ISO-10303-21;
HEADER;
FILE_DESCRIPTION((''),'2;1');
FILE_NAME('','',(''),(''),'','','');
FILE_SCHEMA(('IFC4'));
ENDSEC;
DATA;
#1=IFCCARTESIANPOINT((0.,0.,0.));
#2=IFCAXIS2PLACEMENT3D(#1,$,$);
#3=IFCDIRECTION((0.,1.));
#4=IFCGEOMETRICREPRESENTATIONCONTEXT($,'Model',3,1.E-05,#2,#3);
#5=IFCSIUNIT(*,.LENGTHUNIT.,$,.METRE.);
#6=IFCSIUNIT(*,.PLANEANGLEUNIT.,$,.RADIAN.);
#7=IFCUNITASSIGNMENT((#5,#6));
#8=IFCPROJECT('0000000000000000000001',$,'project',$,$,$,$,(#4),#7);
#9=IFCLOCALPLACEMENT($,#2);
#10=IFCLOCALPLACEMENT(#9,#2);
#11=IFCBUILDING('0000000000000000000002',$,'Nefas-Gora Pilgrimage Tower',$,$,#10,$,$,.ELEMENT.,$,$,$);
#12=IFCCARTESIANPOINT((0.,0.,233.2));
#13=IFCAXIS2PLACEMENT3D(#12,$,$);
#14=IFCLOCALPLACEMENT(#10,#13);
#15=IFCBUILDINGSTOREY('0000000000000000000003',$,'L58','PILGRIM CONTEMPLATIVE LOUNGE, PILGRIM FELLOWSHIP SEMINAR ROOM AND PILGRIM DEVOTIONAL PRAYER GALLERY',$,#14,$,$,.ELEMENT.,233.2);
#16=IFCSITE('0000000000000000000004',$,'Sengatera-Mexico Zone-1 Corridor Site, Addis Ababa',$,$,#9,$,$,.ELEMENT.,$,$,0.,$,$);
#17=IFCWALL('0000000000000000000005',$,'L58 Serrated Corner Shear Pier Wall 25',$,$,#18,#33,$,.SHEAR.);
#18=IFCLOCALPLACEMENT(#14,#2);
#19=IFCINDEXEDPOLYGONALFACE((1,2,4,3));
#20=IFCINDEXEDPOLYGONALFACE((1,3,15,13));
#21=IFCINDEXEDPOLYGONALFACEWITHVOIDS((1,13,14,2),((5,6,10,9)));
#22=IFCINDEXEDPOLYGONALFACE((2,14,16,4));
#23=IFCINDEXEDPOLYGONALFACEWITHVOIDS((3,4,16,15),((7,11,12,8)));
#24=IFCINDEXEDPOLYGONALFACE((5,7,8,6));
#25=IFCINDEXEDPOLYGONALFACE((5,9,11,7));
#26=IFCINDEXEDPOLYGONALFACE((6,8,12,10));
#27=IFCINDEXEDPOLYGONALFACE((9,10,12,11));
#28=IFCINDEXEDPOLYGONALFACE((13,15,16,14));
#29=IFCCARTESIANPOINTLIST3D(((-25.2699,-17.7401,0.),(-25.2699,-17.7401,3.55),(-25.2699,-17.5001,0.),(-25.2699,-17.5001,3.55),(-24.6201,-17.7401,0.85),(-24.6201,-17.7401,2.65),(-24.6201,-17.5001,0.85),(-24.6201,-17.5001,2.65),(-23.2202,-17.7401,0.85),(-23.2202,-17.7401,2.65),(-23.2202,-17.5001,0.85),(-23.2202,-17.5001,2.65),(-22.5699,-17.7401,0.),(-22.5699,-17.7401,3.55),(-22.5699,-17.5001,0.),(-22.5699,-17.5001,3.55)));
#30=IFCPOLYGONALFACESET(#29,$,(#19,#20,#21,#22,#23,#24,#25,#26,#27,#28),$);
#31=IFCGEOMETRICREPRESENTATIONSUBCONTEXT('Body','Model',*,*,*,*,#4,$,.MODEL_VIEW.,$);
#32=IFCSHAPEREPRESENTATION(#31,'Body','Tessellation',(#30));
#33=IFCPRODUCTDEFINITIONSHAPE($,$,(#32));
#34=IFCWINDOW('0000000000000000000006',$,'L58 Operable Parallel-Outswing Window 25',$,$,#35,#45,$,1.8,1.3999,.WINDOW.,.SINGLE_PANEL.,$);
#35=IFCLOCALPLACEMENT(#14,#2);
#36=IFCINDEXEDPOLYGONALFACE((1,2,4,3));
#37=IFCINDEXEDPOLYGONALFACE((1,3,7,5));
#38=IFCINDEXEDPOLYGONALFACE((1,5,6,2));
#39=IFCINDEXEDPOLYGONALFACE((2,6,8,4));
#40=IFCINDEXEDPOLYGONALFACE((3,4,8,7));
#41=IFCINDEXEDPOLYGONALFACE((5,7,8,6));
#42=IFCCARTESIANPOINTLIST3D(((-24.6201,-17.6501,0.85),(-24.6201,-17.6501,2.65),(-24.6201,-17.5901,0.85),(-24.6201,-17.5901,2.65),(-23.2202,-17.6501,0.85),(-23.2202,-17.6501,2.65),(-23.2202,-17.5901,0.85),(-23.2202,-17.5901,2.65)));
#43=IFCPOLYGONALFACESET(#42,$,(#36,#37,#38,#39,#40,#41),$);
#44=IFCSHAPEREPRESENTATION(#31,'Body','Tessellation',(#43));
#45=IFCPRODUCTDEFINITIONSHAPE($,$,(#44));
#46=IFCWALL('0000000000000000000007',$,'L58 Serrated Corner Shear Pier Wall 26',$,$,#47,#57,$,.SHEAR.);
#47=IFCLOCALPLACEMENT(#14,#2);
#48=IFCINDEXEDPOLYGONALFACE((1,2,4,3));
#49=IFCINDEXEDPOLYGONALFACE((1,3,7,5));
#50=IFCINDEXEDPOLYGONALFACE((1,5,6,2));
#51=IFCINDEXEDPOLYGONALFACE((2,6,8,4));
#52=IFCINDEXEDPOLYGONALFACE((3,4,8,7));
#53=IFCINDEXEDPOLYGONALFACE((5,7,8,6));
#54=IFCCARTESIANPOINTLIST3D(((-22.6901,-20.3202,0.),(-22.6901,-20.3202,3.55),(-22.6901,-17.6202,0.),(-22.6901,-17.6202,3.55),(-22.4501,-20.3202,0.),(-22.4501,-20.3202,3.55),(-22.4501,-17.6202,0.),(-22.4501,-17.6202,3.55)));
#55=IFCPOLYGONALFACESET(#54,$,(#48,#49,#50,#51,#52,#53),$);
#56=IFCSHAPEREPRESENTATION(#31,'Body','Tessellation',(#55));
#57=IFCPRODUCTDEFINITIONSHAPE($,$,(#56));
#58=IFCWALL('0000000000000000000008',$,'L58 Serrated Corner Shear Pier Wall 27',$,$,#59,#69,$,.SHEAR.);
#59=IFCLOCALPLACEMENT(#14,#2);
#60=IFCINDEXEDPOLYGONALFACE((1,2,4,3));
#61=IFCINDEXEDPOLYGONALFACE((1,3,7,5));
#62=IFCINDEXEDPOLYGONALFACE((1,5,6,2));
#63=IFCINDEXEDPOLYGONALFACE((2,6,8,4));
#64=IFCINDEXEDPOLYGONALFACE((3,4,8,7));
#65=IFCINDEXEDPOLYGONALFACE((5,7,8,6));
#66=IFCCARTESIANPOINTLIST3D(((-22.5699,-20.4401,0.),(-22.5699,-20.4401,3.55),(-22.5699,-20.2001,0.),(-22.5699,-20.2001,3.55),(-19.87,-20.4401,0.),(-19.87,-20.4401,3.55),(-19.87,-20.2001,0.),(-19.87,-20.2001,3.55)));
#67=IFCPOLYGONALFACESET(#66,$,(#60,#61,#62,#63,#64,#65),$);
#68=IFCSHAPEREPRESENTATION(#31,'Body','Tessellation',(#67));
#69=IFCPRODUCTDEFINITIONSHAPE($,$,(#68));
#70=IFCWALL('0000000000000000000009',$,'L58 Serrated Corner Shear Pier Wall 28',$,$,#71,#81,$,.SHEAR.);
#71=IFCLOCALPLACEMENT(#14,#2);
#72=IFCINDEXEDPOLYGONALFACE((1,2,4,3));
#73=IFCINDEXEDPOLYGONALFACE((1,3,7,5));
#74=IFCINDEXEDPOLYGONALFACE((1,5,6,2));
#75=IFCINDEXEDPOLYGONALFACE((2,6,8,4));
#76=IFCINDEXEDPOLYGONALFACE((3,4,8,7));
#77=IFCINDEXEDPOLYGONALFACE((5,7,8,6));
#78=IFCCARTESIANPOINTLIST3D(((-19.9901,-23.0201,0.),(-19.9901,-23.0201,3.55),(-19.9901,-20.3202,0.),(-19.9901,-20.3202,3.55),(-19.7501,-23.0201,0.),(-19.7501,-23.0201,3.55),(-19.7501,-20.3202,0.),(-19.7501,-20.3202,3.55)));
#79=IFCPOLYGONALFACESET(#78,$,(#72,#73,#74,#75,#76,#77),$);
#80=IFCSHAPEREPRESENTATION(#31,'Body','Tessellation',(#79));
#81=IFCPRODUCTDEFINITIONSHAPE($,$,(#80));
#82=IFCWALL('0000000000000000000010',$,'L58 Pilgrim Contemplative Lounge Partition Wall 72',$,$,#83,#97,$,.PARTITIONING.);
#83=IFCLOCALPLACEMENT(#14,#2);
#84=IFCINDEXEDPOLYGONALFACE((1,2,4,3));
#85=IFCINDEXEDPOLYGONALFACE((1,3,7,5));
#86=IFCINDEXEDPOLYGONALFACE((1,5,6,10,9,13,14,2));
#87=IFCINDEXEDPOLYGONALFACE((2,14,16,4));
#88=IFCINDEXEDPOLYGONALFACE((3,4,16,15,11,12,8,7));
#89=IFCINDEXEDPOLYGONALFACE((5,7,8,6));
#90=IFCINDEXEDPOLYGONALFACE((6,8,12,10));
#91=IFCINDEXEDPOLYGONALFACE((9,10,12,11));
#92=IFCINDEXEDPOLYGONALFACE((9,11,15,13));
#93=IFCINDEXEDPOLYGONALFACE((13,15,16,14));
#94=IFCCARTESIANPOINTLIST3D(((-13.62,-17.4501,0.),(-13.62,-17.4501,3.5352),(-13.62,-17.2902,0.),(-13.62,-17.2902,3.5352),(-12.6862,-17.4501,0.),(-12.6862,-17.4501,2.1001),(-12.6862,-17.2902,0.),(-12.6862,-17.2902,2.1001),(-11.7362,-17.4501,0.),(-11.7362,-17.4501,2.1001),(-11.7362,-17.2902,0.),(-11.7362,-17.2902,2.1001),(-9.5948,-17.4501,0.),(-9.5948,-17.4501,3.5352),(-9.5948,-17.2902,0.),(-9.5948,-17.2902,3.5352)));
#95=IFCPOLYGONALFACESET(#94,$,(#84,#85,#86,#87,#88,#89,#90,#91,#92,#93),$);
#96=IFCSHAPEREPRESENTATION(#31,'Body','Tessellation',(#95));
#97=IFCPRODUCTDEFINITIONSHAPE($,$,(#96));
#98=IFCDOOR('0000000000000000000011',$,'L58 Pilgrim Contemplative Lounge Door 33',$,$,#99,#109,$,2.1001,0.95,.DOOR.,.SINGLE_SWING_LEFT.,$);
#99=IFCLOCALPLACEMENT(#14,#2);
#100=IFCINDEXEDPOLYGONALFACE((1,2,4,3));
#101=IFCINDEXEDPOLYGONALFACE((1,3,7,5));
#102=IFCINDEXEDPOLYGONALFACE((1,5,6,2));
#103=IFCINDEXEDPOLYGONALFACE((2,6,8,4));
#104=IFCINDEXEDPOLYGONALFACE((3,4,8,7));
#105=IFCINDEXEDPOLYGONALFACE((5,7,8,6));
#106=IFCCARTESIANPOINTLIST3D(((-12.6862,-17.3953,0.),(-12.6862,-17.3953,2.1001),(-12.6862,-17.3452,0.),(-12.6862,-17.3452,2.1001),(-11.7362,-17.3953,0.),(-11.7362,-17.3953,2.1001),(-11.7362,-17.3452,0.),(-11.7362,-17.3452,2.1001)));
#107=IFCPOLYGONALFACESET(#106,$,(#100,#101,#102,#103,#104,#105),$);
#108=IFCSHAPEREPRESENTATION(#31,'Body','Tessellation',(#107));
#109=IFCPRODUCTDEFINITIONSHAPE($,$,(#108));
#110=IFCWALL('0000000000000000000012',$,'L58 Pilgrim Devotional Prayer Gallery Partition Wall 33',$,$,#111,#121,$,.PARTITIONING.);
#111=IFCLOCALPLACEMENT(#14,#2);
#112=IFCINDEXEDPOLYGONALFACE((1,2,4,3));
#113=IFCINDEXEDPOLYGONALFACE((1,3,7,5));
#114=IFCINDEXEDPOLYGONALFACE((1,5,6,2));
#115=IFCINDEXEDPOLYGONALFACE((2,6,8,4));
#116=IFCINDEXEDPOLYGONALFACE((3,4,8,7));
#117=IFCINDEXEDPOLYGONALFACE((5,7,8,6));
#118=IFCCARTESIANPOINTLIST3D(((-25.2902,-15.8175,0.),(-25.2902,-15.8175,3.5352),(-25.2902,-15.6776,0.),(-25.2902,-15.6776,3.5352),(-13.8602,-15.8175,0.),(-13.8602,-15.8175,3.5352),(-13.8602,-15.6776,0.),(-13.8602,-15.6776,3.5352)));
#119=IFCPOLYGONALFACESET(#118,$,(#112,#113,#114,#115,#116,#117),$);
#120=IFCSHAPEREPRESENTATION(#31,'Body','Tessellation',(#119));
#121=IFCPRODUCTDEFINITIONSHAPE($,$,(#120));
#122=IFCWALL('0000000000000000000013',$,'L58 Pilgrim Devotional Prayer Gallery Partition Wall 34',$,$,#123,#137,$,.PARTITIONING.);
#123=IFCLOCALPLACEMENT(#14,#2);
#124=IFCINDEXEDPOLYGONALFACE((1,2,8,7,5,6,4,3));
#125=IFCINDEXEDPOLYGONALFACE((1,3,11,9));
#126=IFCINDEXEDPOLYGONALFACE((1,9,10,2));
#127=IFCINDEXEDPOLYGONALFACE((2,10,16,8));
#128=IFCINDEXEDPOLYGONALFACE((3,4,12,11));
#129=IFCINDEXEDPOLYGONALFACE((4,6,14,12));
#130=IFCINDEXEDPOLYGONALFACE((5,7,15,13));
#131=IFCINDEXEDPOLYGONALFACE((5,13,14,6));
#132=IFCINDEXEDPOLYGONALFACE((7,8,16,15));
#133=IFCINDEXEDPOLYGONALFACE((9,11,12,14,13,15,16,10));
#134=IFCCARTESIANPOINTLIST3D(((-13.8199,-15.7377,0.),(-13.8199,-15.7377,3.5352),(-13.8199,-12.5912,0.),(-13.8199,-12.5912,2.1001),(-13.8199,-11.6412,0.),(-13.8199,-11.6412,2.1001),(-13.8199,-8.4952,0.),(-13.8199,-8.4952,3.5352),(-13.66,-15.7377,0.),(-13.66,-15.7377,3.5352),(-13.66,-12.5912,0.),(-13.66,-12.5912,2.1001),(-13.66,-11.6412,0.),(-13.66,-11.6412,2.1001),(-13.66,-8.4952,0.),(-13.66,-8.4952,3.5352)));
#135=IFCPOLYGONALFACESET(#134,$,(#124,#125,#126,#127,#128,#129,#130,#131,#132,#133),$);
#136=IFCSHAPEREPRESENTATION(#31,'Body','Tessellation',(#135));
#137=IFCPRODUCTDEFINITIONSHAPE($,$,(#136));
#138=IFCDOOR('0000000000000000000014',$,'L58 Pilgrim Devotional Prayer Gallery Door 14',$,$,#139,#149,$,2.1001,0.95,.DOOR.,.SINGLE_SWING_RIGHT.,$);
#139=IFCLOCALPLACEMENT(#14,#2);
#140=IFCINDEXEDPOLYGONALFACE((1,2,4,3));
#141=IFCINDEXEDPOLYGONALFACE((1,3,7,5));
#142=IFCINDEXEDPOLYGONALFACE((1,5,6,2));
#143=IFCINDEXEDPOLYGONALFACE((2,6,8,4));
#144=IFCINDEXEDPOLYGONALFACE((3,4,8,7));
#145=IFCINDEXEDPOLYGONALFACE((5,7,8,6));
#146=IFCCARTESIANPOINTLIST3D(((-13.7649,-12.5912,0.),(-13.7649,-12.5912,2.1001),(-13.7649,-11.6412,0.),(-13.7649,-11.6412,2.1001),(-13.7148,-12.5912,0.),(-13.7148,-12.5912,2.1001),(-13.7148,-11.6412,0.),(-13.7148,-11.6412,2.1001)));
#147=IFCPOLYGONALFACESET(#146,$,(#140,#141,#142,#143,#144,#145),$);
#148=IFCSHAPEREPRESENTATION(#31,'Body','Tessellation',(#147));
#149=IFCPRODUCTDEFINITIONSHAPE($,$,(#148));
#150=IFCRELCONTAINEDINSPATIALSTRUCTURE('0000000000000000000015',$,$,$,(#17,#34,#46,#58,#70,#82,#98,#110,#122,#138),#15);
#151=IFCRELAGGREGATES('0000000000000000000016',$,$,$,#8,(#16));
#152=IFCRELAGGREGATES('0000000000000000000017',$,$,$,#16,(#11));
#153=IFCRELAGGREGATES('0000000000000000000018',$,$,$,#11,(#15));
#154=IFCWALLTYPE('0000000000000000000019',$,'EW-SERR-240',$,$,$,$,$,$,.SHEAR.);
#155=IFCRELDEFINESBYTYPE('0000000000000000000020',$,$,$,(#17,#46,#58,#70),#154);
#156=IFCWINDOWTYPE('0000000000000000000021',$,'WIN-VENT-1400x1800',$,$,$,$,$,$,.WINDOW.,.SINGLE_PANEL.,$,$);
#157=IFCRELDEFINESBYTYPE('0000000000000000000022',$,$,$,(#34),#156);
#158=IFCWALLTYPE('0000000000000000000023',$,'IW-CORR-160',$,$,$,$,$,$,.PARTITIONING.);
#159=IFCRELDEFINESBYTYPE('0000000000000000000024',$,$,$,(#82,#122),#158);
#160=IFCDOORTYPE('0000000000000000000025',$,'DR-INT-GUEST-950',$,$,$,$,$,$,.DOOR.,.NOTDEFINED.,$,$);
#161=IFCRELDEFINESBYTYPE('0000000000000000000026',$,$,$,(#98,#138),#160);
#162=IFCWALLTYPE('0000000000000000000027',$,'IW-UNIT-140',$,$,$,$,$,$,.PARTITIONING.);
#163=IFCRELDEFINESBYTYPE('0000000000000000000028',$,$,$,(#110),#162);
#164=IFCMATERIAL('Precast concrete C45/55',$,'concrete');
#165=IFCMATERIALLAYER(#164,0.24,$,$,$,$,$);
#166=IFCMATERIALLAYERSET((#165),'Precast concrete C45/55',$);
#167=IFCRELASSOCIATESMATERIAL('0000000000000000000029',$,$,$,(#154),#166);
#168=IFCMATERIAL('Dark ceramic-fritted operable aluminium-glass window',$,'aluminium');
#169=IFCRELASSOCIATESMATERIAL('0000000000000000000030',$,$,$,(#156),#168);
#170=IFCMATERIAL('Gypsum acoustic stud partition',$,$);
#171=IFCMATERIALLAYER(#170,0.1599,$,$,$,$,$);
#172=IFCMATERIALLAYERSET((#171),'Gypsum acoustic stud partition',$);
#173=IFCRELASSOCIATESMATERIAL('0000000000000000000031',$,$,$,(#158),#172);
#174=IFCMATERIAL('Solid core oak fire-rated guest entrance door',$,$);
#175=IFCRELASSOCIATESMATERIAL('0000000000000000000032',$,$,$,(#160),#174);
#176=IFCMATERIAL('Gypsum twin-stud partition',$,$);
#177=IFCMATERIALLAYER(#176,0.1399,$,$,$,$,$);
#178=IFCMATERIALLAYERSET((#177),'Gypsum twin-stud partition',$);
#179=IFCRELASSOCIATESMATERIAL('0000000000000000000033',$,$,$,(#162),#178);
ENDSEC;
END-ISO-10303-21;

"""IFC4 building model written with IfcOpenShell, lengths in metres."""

from ifc_helpers import new_model, si_unit, direction, frame, frame_2d, origin, place, context, subcontext, project, spatial, rectangle, extrude, source, transform, mapped, material, layer, layer_set, type_object, element, fill, save


model = new_model("IFC4")

# Units and contexts
model_context = context("Model", 3, precision=1e-05, world=origin(), true_north=direction((0.0, 1.0)))
body_context = subcontext(model_context, "Body", "Model", "MODEL_VIEW")
ifc_project = project(units=[si_unit("LENGTHUNIT", "METRE"), si_unit("PLANEANGLEUNIT", "RADIAN")], contexts=[model_context])

# Site, building, storey
site_placement = place(None, origin())
site = spatial("IfcSite", under=ifc_project, at=site_placement, Name="Sengatera-Mexico Zone-1 Corridor Site, Addis Ababa", CompositionType="ELEMENT", RefElevation=0.0)
building_placement = place(site_placement, origin())
building = spatial("IfcBuilding", under=site, at=building_placement, Name="Nefas-Gora Pilgrimage Tower", CompositionType="ELEMENT")
storey_placement = place(building_placement, frame((0.0, 0.0, 233.2)))
storey = spatial("IfcBuildingStorey", under=building, at=storey_placement, Name="L58", Description="PILGRIM CONTEMPLATIVE LOUNGE, PILGRIM FELLOWSHIP SEMINAR ROOM AND PILGRIM DEVOTIONAL PRAYER GALLERY", CompositionType="ELEMENT", Elevation=233.2)

# Wall, opening, window
ifc_material_1 = material(Name="Precast concrete C45/55", Category="concrete")
ifc_layer_1 = layer(ifc_material_1, 0.24)
ifc_layer_set_1 = layer_set([ifc_layer_1], Name="Precast concrete C45/55")
wall_type_1 = type_object("IfcWallType", Name="EW-SERR-240", PredefinedType="SHEAR", material=ifc_layer_set_1)
shared_shape_1 = source(origin(), body_context, "Body", "SweptSolid", [
    extrude(rectangle(XDim=2.7, YDim=0.24, at=frame_2d((1.3501, 0.0))), origin(), (0.0, 0.0, 1.0), 3.55),
])
wall_1_placement = place(storey_placement, frame((-25.27, -17.6201, 0.0), z_axis=(0.0, 0.0, 1.0), x_axis=(1.0, 0.0, 0.0)))
wall_1 = element("IfcWall", 1, at=wall_1_placement, inside=storey, type_object=wall_type_1, Name="L58 Serrated Corner Shear Pier Wall 25", PredefinedType="SHEAR", context=body_context, shape_type="MappedRepresentation", body=[
    mapped(shared_shape_1, transform((0.0, 0.0, 0.0), x_axis=(1.0, 0.0, 0.0), y_axis=(0.0, 1.0, 0.0), z_axis=(0.0, 0.0, 1.0), scale=1.0)),
])
opening_1_placement = place(wall_1_placement, frame((0.6499, 0.0, 0.8501)))
opening_1 = element("IfcOpeningElement", 2, at=opening_1_placement, cuts=wall_1, PredefinedType="OPENING", context=body_context, shape_type="SweptSolid", body=[
    extrude(rectangle(XDim=1.3999, YDim=1.8, at=frame_2d((0.7, 0.8999))), frame((0.0, 0.1299, 0.0), z_axis=(0.0, -1.0, 0.0), x_axis=(1.0, 0.0, 0.0)), (0.0, 0.0, 1.0), 0.26),
])
ifc_material_2 = material(Name="Dark ceramic-fritted operable aluminium-glass window", Category="aluminium")
window_type = type_object("IfcWindowType", Name="WIN-VENT-1400x1800", PartitioningType="SINGLE_PANEL", PredefinedType="WINDOW", material=ifc_material_2)
shared_shape_2 = source(origin(), body_context, "Body", "SweptSolid", [
    extrude(rectangle(XDim=1.3999, YDim=1.8, at=frame_2d((0.7, 0.8999))), frame((0.0, 0.03, 0.0), z_axis=(0.0, -1.0, 0.0), x_axis=(1.0, 0.0, 0.0)), (0.0, 0.0, 1.0), 0.0601),
])
window_placement = place(opening_1_placement, origin())
window = element("IfcWindow", 3, at=window_placement, inside=storey, type_object=window_type, Name="L58 Operable Parallel-Outswing Window 25", OverallHeight=1.8, OverallWidth=1.3999, PartitioningType="SINGLE_PANEL", PredefinedType="WINDOW", context=body_context, shape_type="MappedRepresentation", body=[
    mapped(shared_shape_2, transform((0.0, 0.0, 0.0), x_axis=(1.0, 0.0, 0.0), y_axis=(0.0, 1.0, 0.0), z_axis=(0.0, 0.0, 1.0), scale=1.0)),
])
fill(opening_1, window)

# Walls
for number, where, z_axis, x_axis, name in (
    (4, (-22.5701, -17.6201, 0.0), (0.0, 0.0, 1.0), (0.0, -1.0, 0.0), "L58 Serrated Corner Shear Pier Wall 26"),
    (5, (-22.5701, -20.3201, 0.0), (0.0, 0.0, 1.0), (1.0, 0.0, 0.0), "L58 Serrated Corner Shear Pier Wall 27"),
    (6, (-19.8701, -20.3201, 0.0), (0.0, 0.0, 1.0), (0.0, -1.0, 0.0), "L58 Serrated Corner Shear Pier Wall 28"),
):
    element("IfcWall", number, at=place(storey_placement, frame(where, z_axis=z_axis, x_axis=x_axis)), inside=storey, type_object=wall_type_1, Name=name, PredefinedType="SHEAR", context=body_context, shape_type="MappedRepresentation", body=[
        mapped(shared_shape_1, transform((0.0, 0.0, 0.0), x_axis=(1.0, 0.0, 0.0), y_axis=(0.0, 1.0, 0.0), z_axis=(0.0, 0.0, 1.0), scale=1.0)),
    ])

# Wall, opening, door
ifc_material_3 = material(Name="Gypsum acoustic stud partition")
ifc_layer_2 = layer(ifc_material_3, 0.1599)
ifc_layer_set_2 = layer_set([ifc_layer_2], Name="Gypsum acoustic stud partition")
wall_type_2 = type_object("IfcWallType", Name="IW-CORR-160", PredefinedType="PARTITIONING", material=ifc_layer_set_2)
shared_shape_3 = source(origin(), body_context, "Body", "SweptSolid", [
    extrude(rectangle(XDim=4.0251, YDim=0.1599, at=frame_2d((2.0127, 0.0))), origin(), (0.0, 0.0, 1.0), 3.5352),
])
wall_2_placement = place(storey_placement, frame((-13.6201, -17.3701, 0.0), z_axis=(0.0, 0.0, 1.0), x_axis=(1.0, 0.0, 0.0)))
wall_2 = element("IfcWall", 7, at=wall_2_placement, inside=storey, type_object=wall_type_2, Name="L58 Pilgrim Contemplative Lounge Partition Wall 72", PredefinedType="PARTITIONING", context=body_context, shape_type="MappedRepresentation", body=[
    mapped(shared_shape_3, transform((0.0, 0.0, 0.0), x_axis=(1.0, 0.0, 0.0), y_axis=(0.0, 1.0, 0.0), z_axis=(0.0, 0.0, 1.0), scale=1.0)),
])
opening_2_placement = place(wall_2_placement, frame((0.9338, 0.0, 0.0)))
opening_2 = element("IfcOpeningElement", 8, at=opening_2_placement, cuts=wall_2, PredefinedType="OPENING", context=body_context, shape_type="SweptSolid", body=[
    extrude(rectangle(XDim=0.95, YDim=2.1001, at=frame_2d((0.4751, 1.05))), frame((0.0, 0.0898, 0.0), z_axis=(0.0, -1.0, 0.0), x_axis=(1.0, 0.0, 0.0)), (0.0, 0.0, 1.0), 0.1799),
])
ifc_material_4 = material(Name="Solid core oak fire-rated guest entrance door")
door_type = type_object("IfcDoorType", Name="DR-INT-GUEST-950", OperationType="NOTDEFINED", PredefinedType="DOOR", material=ifc_material_4)
shared_shape_4 = source(origin(), body_context, "Body", "SweptSolid", [
    extrude(rectangle(XDim=0.95, YDim=2.1001, at=frame_2d((0.4751, 1.05))), frame((0.0, 0.0249, 0.0), z_axis=(0.0, -1.0, 0.0), x_axis=(1.0, 0.0, 0.0)), (0.0, 0.0, 1.0), 0.05),
])
door_1_placement = place(opening_2_placement, origin())
door_1 = element("IfcDoor", 9, at=door_1_placement, inside=storey, type_object=door_type, Name="L58 Pilgrim Contemplative Lounge Door 33", OperationType="SINGLE_SWING_LEFT", OverallHeight=2.1001, OverallWidth=0.95, PredefinedType="DOOR", context=body_context, shape_type="MappedRepresentation", body=[
    mapped(shared_shape_4, transform((0.0, 0.0, 0.0), x_axis=(1.0, 0.0, 0.0), y_axis=(0.0, 1.0, 0.0), z_axis=(0.0, 0.0, 1.0), scale=1.0)),
])
fill(opening_2, door_1)

# Wall
ifc_material_5 = material(Name="Gypsum twin-stud partition")
ifc_layer_3 = layer(ifc_material_5, 0.1399)
ifc_layer_set_3 = layer_set([ifc_layer_3], Name="Gypsum twin-stud partition")
wall_type_3 = type_object("IfcWallType", Name="IW-UNIT-140", PredefinedType="PARTITIONING", material=ifc_layer_set_3)
shared_shape_5 = source(origin(), body_context, "Body", "SweptSolid", [
    extrude(rectangle(XDim=11.4299, YDim=0.1399, at=frame_2d((5.7148, 0.0))), origin(), (0.0, 0.0, 1.0), 3.5352),
])
wall_3_placement = place(storey_placement, frame((-25.29, -15.7476, 0.0), z_axis=(0.0, 0.0, 1.0), x_axis=(1.0, 0.0, 0.0)))
element("IfcWall", 10, at=wall_3_placement, inside=storey, type_object=wall_type_3, Name="L58 Pilgrim Devotional Prayer Gallery Partition Wall 33", PredefinedType="PARTITIONING", context=body_context, shape_type="MappedRepresentation", body=[
    mapped(shared_shape_5, transform((0.0, 0.0, 0.0), x_axis=(1.0, 0.0, 0.0), y_axis=(0.0, 1.0, 0.0), z_axis=(0.0, 0.0, 1.0), scale=1.0)),
])

# Wall, opening, door
shared_shape_6 = source(origin(), body_context, "Body", "SweptSolid", [
    extrude(rectangle(XDim=7.2424, YDim=0.1599, at=frame_2d((3.6211, 0.0))), origin(), (0.0, 0.0, 1.0), 3.5352),
])
wall_4_placement = place(storey_placement, frame((-13.74, -15.7375, 0.0), z_axis=(0.0, 0.0, 1.0), x_axis=(0.0, 1.0, 0.0)))
wall_4 = element("IfcWall", 11, at=wall_4_placement, inside=storey, type_object=wall_type_2, Name="L58 Pilgrim Devotional Prayer Gallery Partition Wall 34", PredefinedType="PARTITIONING", context=body_context, shape_type="MappedRepresentation", body=[
    mapped(shared_shape_6, transform((0.0, 0.0, 0.0), x_axis=(1.0, 0.0, 0.0), y_axis=(0.0, 1.0, 0.0), z_axis=(0.0, 0.0, 1.0), scale=1.0)),
])
opening_3_placement = place(wall_4_placement, frame((3.1462, 0.0, 0.0)))
opening_3 = element("IfcOpeningElement", 12, at=opening_3_placement, cuts=wall_4, PredefinedType="OPENING", context=body_context, shape_type="SweptSolid", body=[
    extrude(rectangle(XDim=0.95, YDim=2.1001, at=frame_2d((0.4751, 1.05))), frame((0.0, 0.0898, 0.0), z_axis=(0.0, -1.0, 0.0), x_axis=(1.0, 0.0, 0.0)), (0.0, 0.0, 1.0), 0.1799),
])
door_2_placement = place(opening_3_placement, origin())
door_2 = element("IfcDoor", 13, at=door_2_placement, inside=storey, type_object=door_type, Name="L58 Pilgrim Devotional Prayer Gallery Door 14", OperationType="SINGLE_SWING_RIGHT", OverallHeight=2.1001, OverallWidth=0.95, PredefinedType="DOOR", context=body_context, shape_type="MappedRepresentation", body=[
    mapped(shared_shape_4, transform((0.0, 0.0, 0.0), x_axis=(1.0, 0.0, 0.0), y_axis=(0.0, 1.0, 0.0), z_axis=(0.0, 0.0, 1.0), scale=1.0)),
])
fill(opening_3, door_2)

save(model, "model.ifc")
